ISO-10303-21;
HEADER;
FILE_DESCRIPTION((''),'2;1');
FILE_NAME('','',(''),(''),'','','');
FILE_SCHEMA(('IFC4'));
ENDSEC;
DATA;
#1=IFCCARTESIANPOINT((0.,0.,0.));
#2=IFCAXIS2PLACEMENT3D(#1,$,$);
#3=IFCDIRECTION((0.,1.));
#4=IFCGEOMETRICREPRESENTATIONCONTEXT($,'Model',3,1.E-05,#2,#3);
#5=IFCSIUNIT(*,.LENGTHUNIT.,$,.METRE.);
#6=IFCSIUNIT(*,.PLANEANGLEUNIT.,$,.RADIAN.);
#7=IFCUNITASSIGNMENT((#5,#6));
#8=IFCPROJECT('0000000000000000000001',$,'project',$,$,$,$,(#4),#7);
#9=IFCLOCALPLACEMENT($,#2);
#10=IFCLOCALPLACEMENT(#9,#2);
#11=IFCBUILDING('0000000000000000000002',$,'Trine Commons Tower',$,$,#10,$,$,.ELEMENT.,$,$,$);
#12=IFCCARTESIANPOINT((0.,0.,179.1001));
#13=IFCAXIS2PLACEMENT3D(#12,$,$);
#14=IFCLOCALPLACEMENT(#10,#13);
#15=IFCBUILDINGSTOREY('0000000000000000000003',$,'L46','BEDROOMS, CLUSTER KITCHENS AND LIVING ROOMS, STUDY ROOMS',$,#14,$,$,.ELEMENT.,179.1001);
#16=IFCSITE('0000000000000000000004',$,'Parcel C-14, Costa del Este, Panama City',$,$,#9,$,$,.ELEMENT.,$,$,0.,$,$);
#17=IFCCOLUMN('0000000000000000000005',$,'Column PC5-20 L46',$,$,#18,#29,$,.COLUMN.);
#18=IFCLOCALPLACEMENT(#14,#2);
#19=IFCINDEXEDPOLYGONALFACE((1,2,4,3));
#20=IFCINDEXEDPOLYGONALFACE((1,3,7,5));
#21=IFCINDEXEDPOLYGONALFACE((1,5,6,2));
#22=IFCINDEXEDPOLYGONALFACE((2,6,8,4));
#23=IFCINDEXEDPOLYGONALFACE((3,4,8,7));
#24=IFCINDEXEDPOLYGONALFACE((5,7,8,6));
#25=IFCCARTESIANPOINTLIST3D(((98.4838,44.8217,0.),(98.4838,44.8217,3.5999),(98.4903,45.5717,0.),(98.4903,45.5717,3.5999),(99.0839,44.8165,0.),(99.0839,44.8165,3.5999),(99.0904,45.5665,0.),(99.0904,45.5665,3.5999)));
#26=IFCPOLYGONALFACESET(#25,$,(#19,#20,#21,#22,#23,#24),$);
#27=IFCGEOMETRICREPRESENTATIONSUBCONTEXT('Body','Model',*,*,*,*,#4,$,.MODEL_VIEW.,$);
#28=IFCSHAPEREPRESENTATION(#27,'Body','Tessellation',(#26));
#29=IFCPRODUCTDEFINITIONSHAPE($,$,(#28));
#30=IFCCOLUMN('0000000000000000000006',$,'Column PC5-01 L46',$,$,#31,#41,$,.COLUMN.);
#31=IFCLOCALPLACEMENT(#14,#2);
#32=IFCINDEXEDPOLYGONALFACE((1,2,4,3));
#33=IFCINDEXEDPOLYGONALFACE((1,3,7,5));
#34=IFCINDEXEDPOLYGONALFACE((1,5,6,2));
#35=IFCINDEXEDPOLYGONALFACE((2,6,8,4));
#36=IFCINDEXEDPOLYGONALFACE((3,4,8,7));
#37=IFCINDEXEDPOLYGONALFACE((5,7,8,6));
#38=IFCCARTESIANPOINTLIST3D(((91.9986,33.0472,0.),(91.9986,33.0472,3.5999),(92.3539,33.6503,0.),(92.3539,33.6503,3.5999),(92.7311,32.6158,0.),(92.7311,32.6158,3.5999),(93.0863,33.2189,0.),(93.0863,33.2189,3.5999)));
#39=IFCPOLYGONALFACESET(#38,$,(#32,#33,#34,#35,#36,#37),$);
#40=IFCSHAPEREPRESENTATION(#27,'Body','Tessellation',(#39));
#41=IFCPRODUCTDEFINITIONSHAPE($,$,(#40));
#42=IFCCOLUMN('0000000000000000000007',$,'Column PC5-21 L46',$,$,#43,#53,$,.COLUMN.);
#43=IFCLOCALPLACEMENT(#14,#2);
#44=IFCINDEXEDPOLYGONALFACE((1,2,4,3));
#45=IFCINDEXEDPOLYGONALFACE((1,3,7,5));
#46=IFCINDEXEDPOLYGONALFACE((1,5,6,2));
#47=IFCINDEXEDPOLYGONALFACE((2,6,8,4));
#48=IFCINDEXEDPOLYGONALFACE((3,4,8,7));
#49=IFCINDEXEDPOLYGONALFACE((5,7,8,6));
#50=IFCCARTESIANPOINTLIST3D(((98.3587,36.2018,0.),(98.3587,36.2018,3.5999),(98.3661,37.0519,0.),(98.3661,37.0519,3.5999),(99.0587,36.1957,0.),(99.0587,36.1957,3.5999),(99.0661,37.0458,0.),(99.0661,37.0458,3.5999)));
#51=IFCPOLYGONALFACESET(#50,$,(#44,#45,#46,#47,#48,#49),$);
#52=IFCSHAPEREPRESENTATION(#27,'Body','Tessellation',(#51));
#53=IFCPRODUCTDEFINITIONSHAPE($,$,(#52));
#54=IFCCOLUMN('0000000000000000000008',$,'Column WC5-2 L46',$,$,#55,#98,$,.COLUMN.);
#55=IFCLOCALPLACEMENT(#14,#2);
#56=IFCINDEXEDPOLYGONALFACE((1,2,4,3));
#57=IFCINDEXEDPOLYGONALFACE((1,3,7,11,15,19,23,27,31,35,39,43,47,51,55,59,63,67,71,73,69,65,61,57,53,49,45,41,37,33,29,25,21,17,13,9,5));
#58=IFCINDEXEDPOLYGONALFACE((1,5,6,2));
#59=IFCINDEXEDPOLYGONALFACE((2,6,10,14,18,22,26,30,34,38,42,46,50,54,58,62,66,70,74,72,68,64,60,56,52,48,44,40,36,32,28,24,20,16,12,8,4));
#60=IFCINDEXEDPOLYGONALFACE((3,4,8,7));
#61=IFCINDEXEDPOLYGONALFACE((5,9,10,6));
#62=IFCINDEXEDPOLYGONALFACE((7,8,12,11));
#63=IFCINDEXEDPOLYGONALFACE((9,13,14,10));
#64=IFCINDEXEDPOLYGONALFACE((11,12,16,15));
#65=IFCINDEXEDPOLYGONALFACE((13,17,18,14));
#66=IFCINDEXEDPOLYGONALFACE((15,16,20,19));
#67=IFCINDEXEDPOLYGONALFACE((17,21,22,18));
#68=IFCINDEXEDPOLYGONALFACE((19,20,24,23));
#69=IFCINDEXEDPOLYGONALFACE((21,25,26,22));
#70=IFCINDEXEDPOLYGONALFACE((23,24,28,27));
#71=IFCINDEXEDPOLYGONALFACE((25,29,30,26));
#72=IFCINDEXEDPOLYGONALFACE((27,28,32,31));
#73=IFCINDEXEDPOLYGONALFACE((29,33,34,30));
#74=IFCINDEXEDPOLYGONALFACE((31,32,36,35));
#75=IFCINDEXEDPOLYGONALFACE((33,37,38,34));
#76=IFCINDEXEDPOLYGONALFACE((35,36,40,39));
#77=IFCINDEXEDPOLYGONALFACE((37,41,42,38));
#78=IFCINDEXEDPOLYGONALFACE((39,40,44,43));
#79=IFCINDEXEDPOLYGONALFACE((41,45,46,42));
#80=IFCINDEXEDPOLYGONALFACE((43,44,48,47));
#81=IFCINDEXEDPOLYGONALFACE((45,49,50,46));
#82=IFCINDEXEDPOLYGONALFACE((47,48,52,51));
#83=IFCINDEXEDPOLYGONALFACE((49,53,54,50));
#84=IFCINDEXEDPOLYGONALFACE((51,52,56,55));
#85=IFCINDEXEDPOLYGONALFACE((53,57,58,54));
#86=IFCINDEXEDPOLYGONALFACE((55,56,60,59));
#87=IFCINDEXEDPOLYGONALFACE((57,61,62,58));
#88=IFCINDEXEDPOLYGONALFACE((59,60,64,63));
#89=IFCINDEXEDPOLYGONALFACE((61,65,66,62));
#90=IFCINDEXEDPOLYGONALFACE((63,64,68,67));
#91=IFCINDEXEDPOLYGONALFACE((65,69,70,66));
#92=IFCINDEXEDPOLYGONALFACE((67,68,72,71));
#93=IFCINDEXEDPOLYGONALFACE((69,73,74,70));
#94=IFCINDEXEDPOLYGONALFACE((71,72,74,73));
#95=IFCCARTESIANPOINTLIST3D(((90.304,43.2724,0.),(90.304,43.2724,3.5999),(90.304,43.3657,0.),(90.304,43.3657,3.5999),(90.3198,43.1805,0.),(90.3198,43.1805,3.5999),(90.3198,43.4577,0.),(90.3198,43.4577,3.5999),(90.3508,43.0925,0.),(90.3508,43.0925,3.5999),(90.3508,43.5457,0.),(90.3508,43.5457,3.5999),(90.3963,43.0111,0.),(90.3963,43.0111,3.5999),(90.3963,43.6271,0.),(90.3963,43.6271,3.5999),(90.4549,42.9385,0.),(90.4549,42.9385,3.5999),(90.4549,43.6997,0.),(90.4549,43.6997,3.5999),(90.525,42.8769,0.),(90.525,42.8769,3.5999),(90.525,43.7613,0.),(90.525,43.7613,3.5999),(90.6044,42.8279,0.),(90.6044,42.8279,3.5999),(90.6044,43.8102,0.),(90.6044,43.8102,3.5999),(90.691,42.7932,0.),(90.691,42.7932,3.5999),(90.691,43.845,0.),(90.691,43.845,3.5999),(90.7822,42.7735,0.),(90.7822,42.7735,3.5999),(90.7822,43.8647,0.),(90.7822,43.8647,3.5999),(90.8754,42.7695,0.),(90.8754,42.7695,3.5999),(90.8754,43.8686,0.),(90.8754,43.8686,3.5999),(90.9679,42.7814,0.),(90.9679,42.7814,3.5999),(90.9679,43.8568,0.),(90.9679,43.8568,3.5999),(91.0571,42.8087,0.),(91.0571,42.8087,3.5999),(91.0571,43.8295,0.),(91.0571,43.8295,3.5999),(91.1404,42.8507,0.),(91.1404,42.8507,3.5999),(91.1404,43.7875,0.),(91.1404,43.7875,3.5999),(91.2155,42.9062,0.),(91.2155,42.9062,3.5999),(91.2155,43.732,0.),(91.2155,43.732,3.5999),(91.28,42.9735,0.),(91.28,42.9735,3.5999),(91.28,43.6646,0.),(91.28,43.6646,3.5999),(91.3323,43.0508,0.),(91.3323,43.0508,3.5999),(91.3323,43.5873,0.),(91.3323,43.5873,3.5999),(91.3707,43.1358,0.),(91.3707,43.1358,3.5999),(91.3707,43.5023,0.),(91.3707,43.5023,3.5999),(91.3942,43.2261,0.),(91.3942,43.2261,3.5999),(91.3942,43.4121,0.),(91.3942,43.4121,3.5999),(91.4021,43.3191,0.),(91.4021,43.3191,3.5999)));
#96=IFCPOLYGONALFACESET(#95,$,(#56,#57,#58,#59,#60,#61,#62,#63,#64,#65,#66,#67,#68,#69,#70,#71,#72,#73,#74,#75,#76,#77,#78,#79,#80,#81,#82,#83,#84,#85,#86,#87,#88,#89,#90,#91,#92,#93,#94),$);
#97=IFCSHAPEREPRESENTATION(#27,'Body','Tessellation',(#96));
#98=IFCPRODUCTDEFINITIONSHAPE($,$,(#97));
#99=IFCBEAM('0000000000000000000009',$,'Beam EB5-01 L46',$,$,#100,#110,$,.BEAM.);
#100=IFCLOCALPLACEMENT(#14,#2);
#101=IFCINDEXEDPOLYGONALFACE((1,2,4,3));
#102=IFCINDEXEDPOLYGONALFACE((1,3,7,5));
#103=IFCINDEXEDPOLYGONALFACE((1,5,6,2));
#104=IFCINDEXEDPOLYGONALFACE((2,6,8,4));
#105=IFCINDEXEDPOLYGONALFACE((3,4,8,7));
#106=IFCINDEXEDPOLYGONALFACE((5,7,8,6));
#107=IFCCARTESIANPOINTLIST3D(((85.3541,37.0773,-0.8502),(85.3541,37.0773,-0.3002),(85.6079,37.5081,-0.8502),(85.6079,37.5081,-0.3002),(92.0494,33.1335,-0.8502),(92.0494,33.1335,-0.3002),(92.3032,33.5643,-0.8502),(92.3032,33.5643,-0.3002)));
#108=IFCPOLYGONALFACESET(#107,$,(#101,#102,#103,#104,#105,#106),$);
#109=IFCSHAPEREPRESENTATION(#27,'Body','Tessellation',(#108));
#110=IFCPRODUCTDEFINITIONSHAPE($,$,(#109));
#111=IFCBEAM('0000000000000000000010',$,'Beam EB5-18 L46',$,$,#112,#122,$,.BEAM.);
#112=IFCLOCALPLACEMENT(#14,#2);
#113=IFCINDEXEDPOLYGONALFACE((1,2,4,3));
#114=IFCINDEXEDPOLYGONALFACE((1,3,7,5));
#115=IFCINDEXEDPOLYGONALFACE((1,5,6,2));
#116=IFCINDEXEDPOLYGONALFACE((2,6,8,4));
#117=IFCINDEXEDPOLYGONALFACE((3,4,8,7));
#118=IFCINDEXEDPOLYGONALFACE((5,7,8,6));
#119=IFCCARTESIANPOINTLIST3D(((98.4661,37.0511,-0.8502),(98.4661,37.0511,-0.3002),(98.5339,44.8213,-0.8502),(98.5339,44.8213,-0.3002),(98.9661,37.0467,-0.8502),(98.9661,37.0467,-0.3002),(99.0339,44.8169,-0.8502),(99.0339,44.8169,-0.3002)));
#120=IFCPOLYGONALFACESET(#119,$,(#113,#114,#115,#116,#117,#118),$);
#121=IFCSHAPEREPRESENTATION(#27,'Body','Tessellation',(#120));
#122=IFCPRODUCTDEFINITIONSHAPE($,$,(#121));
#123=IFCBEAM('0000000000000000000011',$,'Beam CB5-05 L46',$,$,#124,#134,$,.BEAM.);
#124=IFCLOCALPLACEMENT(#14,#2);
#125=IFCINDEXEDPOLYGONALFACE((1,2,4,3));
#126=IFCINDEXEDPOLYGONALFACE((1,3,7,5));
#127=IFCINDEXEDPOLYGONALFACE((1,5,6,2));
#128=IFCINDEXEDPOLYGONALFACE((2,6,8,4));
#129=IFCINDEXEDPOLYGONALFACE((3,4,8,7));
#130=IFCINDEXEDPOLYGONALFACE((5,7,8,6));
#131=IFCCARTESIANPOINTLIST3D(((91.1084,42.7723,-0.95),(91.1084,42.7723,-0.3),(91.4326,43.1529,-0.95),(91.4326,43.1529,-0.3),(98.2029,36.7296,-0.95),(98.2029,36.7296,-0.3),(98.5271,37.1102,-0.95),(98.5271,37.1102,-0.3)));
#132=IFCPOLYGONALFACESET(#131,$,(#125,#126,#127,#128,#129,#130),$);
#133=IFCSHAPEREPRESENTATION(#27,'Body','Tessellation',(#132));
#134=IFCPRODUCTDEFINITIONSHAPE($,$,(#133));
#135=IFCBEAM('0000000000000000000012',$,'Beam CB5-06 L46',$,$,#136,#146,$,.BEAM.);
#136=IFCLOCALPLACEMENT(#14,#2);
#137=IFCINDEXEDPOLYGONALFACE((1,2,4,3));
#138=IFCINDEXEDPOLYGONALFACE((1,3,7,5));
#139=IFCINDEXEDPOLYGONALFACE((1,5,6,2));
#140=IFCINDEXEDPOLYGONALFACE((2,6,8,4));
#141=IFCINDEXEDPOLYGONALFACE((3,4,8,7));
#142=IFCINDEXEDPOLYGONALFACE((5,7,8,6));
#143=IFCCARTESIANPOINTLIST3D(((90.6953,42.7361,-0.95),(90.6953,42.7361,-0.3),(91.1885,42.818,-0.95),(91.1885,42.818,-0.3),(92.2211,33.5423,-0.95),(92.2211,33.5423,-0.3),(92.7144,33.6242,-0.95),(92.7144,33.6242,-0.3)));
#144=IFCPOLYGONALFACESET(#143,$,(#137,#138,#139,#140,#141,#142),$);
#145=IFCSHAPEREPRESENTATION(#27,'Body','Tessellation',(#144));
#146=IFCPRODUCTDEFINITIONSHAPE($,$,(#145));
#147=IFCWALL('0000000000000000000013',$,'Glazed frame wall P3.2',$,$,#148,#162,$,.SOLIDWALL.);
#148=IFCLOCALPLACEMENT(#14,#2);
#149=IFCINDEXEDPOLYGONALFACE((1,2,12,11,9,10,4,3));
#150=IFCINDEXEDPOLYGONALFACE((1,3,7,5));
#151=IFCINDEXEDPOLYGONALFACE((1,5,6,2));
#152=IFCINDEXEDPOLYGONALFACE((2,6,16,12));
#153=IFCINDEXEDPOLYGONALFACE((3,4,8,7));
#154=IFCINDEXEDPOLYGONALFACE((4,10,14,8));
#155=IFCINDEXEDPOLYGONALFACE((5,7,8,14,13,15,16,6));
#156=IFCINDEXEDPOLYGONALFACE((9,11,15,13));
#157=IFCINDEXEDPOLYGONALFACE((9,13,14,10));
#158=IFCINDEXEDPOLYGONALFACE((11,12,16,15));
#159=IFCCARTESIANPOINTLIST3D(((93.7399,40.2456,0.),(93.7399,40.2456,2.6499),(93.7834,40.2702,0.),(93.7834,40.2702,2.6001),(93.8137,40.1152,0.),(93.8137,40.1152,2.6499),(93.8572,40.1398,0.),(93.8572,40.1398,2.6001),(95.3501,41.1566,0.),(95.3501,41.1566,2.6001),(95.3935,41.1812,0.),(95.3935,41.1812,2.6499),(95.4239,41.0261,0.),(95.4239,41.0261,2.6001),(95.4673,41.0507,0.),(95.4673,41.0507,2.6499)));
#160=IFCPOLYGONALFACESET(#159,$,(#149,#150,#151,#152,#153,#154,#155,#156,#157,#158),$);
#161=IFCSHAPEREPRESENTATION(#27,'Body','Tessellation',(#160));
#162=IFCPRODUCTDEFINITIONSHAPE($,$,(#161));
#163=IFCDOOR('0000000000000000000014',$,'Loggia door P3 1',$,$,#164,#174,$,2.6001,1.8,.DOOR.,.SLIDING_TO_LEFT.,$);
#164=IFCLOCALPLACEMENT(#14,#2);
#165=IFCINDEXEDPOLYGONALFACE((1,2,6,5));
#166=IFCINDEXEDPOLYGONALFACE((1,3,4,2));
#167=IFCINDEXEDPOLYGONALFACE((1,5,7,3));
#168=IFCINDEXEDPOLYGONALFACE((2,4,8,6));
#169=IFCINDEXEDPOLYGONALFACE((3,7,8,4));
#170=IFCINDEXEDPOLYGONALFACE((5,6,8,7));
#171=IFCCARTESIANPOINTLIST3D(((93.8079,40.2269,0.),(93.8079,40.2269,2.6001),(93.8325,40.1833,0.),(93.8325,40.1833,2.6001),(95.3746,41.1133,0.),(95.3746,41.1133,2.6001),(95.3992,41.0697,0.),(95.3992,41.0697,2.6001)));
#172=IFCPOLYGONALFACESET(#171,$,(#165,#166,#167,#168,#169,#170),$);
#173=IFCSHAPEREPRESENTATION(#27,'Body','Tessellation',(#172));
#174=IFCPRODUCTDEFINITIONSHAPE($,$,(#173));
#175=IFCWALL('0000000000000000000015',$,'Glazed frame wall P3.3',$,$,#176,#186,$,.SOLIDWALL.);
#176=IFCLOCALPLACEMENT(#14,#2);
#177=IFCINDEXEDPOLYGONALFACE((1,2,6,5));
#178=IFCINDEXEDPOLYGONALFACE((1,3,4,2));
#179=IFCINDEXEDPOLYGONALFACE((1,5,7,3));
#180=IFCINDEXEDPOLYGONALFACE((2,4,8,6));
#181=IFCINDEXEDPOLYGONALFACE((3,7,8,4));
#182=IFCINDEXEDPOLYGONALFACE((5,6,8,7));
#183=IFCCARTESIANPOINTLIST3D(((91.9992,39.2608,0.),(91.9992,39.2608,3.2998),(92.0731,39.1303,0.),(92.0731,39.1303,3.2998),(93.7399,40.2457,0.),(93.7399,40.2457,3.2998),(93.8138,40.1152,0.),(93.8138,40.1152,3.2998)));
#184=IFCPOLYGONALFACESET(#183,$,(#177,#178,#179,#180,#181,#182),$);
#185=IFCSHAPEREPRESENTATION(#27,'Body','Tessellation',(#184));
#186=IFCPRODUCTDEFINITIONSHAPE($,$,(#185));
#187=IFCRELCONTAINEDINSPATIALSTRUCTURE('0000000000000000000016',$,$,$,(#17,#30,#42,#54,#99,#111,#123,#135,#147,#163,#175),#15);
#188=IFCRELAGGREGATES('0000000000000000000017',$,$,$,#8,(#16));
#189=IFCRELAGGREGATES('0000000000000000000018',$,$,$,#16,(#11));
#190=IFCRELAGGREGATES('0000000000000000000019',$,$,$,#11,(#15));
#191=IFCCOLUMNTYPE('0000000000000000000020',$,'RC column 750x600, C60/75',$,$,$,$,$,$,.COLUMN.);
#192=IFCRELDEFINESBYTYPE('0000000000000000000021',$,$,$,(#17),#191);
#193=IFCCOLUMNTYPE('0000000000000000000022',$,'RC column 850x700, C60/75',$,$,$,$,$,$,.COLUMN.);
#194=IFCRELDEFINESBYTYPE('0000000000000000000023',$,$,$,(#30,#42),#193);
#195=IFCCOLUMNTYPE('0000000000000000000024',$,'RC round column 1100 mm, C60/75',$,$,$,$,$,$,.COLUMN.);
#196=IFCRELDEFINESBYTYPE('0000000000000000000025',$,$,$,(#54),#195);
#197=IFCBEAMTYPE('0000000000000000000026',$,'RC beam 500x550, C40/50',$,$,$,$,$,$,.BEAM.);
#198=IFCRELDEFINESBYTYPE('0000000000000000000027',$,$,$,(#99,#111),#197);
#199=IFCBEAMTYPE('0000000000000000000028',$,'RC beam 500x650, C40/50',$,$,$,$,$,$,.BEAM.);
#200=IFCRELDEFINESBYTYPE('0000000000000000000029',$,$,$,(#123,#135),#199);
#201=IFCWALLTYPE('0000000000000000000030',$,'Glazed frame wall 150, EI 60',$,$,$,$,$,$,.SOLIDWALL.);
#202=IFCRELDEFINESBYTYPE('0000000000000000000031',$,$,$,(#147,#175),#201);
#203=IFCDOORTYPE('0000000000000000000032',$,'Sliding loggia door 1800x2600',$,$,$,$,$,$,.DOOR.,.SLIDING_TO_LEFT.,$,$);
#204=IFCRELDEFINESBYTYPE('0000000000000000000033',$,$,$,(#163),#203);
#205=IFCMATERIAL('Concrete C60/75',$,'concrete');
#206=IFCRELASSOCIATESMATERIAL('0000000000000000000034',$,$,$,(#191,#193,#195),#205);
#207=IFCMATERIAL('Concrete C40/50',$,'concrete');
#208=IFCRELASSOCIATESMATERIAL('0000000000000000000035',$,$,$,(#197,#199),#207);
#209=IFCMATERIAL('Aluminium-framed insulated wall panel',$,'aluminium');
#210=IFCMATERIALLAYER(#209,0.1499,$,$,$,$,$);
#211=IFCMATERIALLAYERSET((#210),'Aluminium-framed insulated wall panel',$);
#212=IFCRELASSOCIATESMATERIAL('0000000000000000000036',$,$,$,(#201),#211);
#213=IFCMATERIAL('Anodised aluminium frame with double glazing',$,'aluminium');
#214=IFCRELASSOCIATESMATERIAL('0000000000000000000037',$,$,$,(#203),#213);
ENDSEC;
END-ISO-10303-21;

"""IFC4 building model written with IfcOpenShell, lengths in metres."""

from ifc_helpers import new_model, si_unit, direction, frame, frame_2d, origin, origin_2d, place, context, subcontext, project, spatial, polyline, rectangle, circle, outline, extrude, material, layer, layer_set, material_profile, profile_set, type_object, element, fill, save


model = new_model("IFC4")

# Units and contexts
model_context = context("Model", 3, precision=1e-05, world=origin(), true_north=direction((0.0, 1.0)))
body_context = subcontext(model_context, "Body", "Model", "MODEL_VIEW")
ifc_project = project(units=[si_unit("LENGTHUNIT", "METRE"), si_unit("PLANEANGLEUNIT", "RADIAN")], contexts=[model_context])

# Site, building, storey
site_placement = place(None, origin())
site = spatial("IfcSite", under=ifc_project, at=site_placement, Name="Parcel C-14, Costa del Este, Panama City", CompositionType="ELEMENT", RefElevation=0.0)
building_placement = place(site_placement, origin())
building = spatial("IfcBuilding", under=site, at=building_placement, Name="Trine Commons Tower", CompositionType="ELEMENT")
storey_placement = place(building_placement, frame((0.0, 0.0, 179.1001)))
storey = spatial("IfcBuildingStorey", under=building, at=storey_placement, Name="L46", Description="BEDROOMS, CLUSTER KITCHENS AND LIVING ROOMS, STUDY ROOMS", CompositionType="ELEMENT", Elevation=179.1001)

# Columns
ifc_material_1 = material(Name="Concrete C60/75", Category="concrete")
ifc_material_profile_1 = material_profile(ifc_material_1, rectangle(XDim=0.75, YDim=0.6001, at=origin_2d()), Name="RC 750x600")
ifc_profile_set_1 = profile_set([ifc_material_profile_1], Name="Concrete C60/75")
column_type_1 = type_object("IfcColumnType", Name="RC column 750x600, C60/75", PredefinedType="COLUMN", material=ifc_profile_set_1)
column_1_placement = place(storey_placement, frame((98.7871, 45.1941, 0.0), z_axis=(0.0, 0.0, 1.0), x_axis=(0.008727, 0.999962, 0.0)))
element("IfcColumn", 1, at=column_1_placement, inside=storey, type_object=column_type_1, Name="Column PC5-20 L46", PredefinedType="COLUMN", context=body_context, shape_type="SweptSolid", body=[
    extrude(rectangle(XDim=0.75, YDim=0.6001, at=origin_2d()), origin(), (0.0, 0.0, 1.0), 3.5999),
])
ifc_material_profile_2 = material_profile(ifc_material_1, rectangle(XDim=0.8501, YDim=0.7, at=origin_2d()), Name="RC 850x700")
ifc_profile_set_2 = profile_set([ifc_material_profile_2], Name="Concrete C60/75")
column_type_2 = type_object("IfcColumnType", Name="RC column 850x700, C60/75", PredefinedType="COLUMN", material=ifc_profile_set_2)
for number, where, z_axis, x_axis, name in (
    (2, (92.5425, 33.1331, 0.0), (0.0, 0.0, 1.0), (-0.861629, 0.507538, 0.0), "Column PC5-01 L46"),
    (3, (98.7124, 36.6238, 0.0), (0.0, 0.0, 1.0), (0.008727, 0.999962, 0.0), "Column PC5-21 L46"),
):
    element("IfcColumn", number, at=place(storey_placement, frame(where, z_axis=z_axis, x_axis=x_axis)), inside=storey, type_object=column_type_2, Name=name, PredefinedType="COLUMN", context=body_context, shape_type="SweptSolid", body=[
        extrude(rectangle(XDim=0.8501, YDim=0.7, at=origin_2d()), origin(), (0.0, 0.0, 1.0), 3.5999),
    ])
ifc_material_profile_3 = material_profile(ifc_material_1, circle(Radius=0.55, at=origin_2d()), Name="RC round 1100")
ifc_profile_set_3 = profile_set([ifc_material_profile_3], Name="Concrete C60/75")
column_type_3 = type_object("IfcColumnType", Name="RC round column 1100 mm, C60/75", PredefinedType="COLUMN", material=ifc_profile_set_3)
column_2_placement = place(storey_placement, frame((90.8521, 43.3191, 0.0), z_axis=(0.0, 0.0, 1.0), x_axis=(1.0, 0.0, 0.0)))
element("IfcColumn", 4, at=column_2_placement, inside=storey, type_object=column_type_3, Name="Column WC5-2 L46", PredefinedType="COLUMN", context=body_context, shape_type="SweptSolid", body=[
    extrude(circle(Radius=0.55, at=origin_2d()), origin(), (0.0, 0.0, 1.0), 3.5999),
])

# Beams
ifc_material_2 = material(Name="Concrete C40/50", Category="concrete")
ifc_material_profile_4 = material_profile(ifc_material_2, rectangle(XDim=0.5, YDim=0.55, at=origin_2d()), Name="RC 500x550")
ifc_profile_set_4 = profile_set([ifc_material_profile_4], Name="Concrete C40/50")
beam_type_1 = type_object("IfcBeamType", Name="RC beam 500x550, C40/50", PredefinedType="BEAM", material=ifc_profile_set_4)
for number, where, z_axis, x_axis, name in (
    (5, (92.1763, 33.3489, -0.5752), (-0.861629, 0.507539, 0.0), (-0.507539, -0.861629, 0.0), "Beam EB5-01 L46"),
    (6, (98.7839, 44.8191, -0.5752), (-0.008734, -0.999962, 0.0), (0.999962, -0.008734, 0.0), "Beam EB5-18 L46"),
):
    element("IfcBeam", number, at=place(storey_placement, frame(where, z_axis=z_axis, x_axis=x_axis)), inside=storey, type_object=beam_type_1, Name=name, PredefinedType="BEAM", context=body_context, shape_type="SweptSolid", body=[
        extrude(rectangle(XDim=0.5, YDim=0.55, at=origin_2d()), origin(), (0.0, 0.0, 1.0), 7.7705),
    ])
ifc_material_profile_5 = material_profile(ifc_material_2, rectangle(XDim=0.5, YDim=0.6499, at=origin_2d()), Name="RC 500x650")
ifc_profile_set_5 = profile_set([ifc_material_profile_5], Name="Concrete C40/50")
beam_type_2 = type_object("IfcBeamType", Name="RC beam 500x650, C40/50", PredefinedType="BEAM", material=ifc_profile_set_5)
beam_1_placement = place(storey_placement, frame((98.365, 36.9199, -0.625), z_axis=(-0.761282, 0.648421, 0.0), x_axis=(-0.648421, -0.761282, 0.0)))
element("IfcBeam", 7, at=beam_1_placement, inside=storey, type_object=beam_type_2, Name="Beam CB5-05 L46", PredefinedType="BEAM", context=body_context, shape_type="SweptSolid", body=[
    extrude(rectangle(XDim=0.5, YDim=0.6499, at=origin_2d()), origin(), (0.0, 0.0, 1.0), 9.3191),
])
beam_2_placement = place(storey_placement, frame((92.4678, 33.5833, -0.625), z_axis=(-0.163728, 0.986506, 0.0), x_axis=(-0.986506, -0.163728, 0.0)))
element("IfcBeam", 8, at=beam_2_placement, inside=storey, type_object=beam_type_2, Name="Beam CB5-06 L46", PredefinedType="BEAM", context=body_context, shape_type="SweptSolid", body=[
    extrude(rectangle(XDim=0.5, YDim=0.6499, at=origin_2d()), origin(), (0.0, 0.0, 1.0), 9.3196),
])

# Shared definitions
ifc_material_3 = material(Name="Aluminium-framed insulated wall panel", Category="aluminium")
ifc_layer_1 = layer(ifc_material_3, 0.1499)
ifc_layer_set_1 = layer_set([ifc_layer_1], Name="Aluminium-framed insulated wall panel")
wall_type_1 = type_object("IfcWallType", Name="Glazed frame wall 150, EI 60", PredefinedType="SOLIDWALL", material=ifc_layer_set_1)

# Wall, opening, door
wall_1_placement = place(storey_placement, frame((95.4304, 41.116, 0.0), z_axis=(0.0, 0.0, 1.0), x_axis=(-0.870355, -0.492426, 0.0)))
wall_1 = element("IfcWall", 9, at=wall_1_placement, inside=storey, type_object=wall_type_1, Name="Glazed frame wall P3.2", PredefinedType="SOLIDWALL", context=body_context, shape_type="SweptSolid", body=[
    extrude(outline(polyline([(0.0, -0.075), (1.8999, -0.075), (1.8999, 0.075), (0.0, 0.075), (0.0, -0.075)])), origin(), (0.0, 0.0, 1.0), 2.6499),
])
opening_1_placement = place(wall_1_placement, frame((0.05, 0.0, 0.0)))
opening_1 = element("IfcOpeningElement", 10, at=opening_1_placement, cuts=wall_1, PredefinedType="OPENING", context=body_context, shape_type="SweptSolid", body=[
    extrude(rectangle(XDim=1.8, YDim=2.6001, at=frame_2d((0.8999, 1.3))), frame((0.0, 0.085, 0.0), z_axis=(0.0, -1.0, 0.0), x_axis=(1.0, 0.0, 0.0)), (0.0, 0.0, 1.0), 0.1699),
])
ifc_material_4 = material(Name="Anodised aluminium frame with double glazing", Category="aluminium")
door_type_1 = type_object("IfcDoorType", Name="Sliding loggia door 1800x2600", OperationType="SLIDING_TO_LEFT", PredefinedType="DOOR", material=ifc_material_4)
door_1_placement = place(opening_1_placement, origin())
door_1 = element("IfcDoor", 11, at=door_1_placement, inside=storey, type_object=door_type_1, Name="Loggia door P3 1", OperationType="SLIDING_TO_LEFT", OverallHeight=2.6001, OverallWidth=1.8, PredefinedType="DOOR", context=body_context, shape_type="SweptSolid", body=[
    extrude(rectangle(XDim=1.8, YDim=2.6001, at=frame_2d((0.8999, 1.3))), frame((0.0, 0.0249, 0.0), z_axis=(0.0, -1.0, 0.0), x_axis=(1.0, 0.0, 0.0)), (0.0, 0.0, 1.0), 0.05),
])
fill(opening_1, door_1)

# Wall
wall_2_placement = place(storey_placement, frame((93.7769, 40.1804, 0.0), z_axis=(0.0, 0.0, 1.0), x_axis=(-0.870354, -0.492427, 0.0)))
element("IfcWall", 12, at=wall_2_placement, inside=storey, type_object=wall_type_1, Name="Glazed frame wall P3.3", PredefinedType="SOLIDWALL", context=body_context, shape_type="SweptSolid", body=[
    extrude(outline(polyline([(0.0, -0.075), (2.0, -0.075), (2.0, 0.075), (0.0, 0.075), (0.0, -0.075)])), origin(), (0.0, 0.0, 1.0), 3.2998),
])

save(model, "model.ifc")
